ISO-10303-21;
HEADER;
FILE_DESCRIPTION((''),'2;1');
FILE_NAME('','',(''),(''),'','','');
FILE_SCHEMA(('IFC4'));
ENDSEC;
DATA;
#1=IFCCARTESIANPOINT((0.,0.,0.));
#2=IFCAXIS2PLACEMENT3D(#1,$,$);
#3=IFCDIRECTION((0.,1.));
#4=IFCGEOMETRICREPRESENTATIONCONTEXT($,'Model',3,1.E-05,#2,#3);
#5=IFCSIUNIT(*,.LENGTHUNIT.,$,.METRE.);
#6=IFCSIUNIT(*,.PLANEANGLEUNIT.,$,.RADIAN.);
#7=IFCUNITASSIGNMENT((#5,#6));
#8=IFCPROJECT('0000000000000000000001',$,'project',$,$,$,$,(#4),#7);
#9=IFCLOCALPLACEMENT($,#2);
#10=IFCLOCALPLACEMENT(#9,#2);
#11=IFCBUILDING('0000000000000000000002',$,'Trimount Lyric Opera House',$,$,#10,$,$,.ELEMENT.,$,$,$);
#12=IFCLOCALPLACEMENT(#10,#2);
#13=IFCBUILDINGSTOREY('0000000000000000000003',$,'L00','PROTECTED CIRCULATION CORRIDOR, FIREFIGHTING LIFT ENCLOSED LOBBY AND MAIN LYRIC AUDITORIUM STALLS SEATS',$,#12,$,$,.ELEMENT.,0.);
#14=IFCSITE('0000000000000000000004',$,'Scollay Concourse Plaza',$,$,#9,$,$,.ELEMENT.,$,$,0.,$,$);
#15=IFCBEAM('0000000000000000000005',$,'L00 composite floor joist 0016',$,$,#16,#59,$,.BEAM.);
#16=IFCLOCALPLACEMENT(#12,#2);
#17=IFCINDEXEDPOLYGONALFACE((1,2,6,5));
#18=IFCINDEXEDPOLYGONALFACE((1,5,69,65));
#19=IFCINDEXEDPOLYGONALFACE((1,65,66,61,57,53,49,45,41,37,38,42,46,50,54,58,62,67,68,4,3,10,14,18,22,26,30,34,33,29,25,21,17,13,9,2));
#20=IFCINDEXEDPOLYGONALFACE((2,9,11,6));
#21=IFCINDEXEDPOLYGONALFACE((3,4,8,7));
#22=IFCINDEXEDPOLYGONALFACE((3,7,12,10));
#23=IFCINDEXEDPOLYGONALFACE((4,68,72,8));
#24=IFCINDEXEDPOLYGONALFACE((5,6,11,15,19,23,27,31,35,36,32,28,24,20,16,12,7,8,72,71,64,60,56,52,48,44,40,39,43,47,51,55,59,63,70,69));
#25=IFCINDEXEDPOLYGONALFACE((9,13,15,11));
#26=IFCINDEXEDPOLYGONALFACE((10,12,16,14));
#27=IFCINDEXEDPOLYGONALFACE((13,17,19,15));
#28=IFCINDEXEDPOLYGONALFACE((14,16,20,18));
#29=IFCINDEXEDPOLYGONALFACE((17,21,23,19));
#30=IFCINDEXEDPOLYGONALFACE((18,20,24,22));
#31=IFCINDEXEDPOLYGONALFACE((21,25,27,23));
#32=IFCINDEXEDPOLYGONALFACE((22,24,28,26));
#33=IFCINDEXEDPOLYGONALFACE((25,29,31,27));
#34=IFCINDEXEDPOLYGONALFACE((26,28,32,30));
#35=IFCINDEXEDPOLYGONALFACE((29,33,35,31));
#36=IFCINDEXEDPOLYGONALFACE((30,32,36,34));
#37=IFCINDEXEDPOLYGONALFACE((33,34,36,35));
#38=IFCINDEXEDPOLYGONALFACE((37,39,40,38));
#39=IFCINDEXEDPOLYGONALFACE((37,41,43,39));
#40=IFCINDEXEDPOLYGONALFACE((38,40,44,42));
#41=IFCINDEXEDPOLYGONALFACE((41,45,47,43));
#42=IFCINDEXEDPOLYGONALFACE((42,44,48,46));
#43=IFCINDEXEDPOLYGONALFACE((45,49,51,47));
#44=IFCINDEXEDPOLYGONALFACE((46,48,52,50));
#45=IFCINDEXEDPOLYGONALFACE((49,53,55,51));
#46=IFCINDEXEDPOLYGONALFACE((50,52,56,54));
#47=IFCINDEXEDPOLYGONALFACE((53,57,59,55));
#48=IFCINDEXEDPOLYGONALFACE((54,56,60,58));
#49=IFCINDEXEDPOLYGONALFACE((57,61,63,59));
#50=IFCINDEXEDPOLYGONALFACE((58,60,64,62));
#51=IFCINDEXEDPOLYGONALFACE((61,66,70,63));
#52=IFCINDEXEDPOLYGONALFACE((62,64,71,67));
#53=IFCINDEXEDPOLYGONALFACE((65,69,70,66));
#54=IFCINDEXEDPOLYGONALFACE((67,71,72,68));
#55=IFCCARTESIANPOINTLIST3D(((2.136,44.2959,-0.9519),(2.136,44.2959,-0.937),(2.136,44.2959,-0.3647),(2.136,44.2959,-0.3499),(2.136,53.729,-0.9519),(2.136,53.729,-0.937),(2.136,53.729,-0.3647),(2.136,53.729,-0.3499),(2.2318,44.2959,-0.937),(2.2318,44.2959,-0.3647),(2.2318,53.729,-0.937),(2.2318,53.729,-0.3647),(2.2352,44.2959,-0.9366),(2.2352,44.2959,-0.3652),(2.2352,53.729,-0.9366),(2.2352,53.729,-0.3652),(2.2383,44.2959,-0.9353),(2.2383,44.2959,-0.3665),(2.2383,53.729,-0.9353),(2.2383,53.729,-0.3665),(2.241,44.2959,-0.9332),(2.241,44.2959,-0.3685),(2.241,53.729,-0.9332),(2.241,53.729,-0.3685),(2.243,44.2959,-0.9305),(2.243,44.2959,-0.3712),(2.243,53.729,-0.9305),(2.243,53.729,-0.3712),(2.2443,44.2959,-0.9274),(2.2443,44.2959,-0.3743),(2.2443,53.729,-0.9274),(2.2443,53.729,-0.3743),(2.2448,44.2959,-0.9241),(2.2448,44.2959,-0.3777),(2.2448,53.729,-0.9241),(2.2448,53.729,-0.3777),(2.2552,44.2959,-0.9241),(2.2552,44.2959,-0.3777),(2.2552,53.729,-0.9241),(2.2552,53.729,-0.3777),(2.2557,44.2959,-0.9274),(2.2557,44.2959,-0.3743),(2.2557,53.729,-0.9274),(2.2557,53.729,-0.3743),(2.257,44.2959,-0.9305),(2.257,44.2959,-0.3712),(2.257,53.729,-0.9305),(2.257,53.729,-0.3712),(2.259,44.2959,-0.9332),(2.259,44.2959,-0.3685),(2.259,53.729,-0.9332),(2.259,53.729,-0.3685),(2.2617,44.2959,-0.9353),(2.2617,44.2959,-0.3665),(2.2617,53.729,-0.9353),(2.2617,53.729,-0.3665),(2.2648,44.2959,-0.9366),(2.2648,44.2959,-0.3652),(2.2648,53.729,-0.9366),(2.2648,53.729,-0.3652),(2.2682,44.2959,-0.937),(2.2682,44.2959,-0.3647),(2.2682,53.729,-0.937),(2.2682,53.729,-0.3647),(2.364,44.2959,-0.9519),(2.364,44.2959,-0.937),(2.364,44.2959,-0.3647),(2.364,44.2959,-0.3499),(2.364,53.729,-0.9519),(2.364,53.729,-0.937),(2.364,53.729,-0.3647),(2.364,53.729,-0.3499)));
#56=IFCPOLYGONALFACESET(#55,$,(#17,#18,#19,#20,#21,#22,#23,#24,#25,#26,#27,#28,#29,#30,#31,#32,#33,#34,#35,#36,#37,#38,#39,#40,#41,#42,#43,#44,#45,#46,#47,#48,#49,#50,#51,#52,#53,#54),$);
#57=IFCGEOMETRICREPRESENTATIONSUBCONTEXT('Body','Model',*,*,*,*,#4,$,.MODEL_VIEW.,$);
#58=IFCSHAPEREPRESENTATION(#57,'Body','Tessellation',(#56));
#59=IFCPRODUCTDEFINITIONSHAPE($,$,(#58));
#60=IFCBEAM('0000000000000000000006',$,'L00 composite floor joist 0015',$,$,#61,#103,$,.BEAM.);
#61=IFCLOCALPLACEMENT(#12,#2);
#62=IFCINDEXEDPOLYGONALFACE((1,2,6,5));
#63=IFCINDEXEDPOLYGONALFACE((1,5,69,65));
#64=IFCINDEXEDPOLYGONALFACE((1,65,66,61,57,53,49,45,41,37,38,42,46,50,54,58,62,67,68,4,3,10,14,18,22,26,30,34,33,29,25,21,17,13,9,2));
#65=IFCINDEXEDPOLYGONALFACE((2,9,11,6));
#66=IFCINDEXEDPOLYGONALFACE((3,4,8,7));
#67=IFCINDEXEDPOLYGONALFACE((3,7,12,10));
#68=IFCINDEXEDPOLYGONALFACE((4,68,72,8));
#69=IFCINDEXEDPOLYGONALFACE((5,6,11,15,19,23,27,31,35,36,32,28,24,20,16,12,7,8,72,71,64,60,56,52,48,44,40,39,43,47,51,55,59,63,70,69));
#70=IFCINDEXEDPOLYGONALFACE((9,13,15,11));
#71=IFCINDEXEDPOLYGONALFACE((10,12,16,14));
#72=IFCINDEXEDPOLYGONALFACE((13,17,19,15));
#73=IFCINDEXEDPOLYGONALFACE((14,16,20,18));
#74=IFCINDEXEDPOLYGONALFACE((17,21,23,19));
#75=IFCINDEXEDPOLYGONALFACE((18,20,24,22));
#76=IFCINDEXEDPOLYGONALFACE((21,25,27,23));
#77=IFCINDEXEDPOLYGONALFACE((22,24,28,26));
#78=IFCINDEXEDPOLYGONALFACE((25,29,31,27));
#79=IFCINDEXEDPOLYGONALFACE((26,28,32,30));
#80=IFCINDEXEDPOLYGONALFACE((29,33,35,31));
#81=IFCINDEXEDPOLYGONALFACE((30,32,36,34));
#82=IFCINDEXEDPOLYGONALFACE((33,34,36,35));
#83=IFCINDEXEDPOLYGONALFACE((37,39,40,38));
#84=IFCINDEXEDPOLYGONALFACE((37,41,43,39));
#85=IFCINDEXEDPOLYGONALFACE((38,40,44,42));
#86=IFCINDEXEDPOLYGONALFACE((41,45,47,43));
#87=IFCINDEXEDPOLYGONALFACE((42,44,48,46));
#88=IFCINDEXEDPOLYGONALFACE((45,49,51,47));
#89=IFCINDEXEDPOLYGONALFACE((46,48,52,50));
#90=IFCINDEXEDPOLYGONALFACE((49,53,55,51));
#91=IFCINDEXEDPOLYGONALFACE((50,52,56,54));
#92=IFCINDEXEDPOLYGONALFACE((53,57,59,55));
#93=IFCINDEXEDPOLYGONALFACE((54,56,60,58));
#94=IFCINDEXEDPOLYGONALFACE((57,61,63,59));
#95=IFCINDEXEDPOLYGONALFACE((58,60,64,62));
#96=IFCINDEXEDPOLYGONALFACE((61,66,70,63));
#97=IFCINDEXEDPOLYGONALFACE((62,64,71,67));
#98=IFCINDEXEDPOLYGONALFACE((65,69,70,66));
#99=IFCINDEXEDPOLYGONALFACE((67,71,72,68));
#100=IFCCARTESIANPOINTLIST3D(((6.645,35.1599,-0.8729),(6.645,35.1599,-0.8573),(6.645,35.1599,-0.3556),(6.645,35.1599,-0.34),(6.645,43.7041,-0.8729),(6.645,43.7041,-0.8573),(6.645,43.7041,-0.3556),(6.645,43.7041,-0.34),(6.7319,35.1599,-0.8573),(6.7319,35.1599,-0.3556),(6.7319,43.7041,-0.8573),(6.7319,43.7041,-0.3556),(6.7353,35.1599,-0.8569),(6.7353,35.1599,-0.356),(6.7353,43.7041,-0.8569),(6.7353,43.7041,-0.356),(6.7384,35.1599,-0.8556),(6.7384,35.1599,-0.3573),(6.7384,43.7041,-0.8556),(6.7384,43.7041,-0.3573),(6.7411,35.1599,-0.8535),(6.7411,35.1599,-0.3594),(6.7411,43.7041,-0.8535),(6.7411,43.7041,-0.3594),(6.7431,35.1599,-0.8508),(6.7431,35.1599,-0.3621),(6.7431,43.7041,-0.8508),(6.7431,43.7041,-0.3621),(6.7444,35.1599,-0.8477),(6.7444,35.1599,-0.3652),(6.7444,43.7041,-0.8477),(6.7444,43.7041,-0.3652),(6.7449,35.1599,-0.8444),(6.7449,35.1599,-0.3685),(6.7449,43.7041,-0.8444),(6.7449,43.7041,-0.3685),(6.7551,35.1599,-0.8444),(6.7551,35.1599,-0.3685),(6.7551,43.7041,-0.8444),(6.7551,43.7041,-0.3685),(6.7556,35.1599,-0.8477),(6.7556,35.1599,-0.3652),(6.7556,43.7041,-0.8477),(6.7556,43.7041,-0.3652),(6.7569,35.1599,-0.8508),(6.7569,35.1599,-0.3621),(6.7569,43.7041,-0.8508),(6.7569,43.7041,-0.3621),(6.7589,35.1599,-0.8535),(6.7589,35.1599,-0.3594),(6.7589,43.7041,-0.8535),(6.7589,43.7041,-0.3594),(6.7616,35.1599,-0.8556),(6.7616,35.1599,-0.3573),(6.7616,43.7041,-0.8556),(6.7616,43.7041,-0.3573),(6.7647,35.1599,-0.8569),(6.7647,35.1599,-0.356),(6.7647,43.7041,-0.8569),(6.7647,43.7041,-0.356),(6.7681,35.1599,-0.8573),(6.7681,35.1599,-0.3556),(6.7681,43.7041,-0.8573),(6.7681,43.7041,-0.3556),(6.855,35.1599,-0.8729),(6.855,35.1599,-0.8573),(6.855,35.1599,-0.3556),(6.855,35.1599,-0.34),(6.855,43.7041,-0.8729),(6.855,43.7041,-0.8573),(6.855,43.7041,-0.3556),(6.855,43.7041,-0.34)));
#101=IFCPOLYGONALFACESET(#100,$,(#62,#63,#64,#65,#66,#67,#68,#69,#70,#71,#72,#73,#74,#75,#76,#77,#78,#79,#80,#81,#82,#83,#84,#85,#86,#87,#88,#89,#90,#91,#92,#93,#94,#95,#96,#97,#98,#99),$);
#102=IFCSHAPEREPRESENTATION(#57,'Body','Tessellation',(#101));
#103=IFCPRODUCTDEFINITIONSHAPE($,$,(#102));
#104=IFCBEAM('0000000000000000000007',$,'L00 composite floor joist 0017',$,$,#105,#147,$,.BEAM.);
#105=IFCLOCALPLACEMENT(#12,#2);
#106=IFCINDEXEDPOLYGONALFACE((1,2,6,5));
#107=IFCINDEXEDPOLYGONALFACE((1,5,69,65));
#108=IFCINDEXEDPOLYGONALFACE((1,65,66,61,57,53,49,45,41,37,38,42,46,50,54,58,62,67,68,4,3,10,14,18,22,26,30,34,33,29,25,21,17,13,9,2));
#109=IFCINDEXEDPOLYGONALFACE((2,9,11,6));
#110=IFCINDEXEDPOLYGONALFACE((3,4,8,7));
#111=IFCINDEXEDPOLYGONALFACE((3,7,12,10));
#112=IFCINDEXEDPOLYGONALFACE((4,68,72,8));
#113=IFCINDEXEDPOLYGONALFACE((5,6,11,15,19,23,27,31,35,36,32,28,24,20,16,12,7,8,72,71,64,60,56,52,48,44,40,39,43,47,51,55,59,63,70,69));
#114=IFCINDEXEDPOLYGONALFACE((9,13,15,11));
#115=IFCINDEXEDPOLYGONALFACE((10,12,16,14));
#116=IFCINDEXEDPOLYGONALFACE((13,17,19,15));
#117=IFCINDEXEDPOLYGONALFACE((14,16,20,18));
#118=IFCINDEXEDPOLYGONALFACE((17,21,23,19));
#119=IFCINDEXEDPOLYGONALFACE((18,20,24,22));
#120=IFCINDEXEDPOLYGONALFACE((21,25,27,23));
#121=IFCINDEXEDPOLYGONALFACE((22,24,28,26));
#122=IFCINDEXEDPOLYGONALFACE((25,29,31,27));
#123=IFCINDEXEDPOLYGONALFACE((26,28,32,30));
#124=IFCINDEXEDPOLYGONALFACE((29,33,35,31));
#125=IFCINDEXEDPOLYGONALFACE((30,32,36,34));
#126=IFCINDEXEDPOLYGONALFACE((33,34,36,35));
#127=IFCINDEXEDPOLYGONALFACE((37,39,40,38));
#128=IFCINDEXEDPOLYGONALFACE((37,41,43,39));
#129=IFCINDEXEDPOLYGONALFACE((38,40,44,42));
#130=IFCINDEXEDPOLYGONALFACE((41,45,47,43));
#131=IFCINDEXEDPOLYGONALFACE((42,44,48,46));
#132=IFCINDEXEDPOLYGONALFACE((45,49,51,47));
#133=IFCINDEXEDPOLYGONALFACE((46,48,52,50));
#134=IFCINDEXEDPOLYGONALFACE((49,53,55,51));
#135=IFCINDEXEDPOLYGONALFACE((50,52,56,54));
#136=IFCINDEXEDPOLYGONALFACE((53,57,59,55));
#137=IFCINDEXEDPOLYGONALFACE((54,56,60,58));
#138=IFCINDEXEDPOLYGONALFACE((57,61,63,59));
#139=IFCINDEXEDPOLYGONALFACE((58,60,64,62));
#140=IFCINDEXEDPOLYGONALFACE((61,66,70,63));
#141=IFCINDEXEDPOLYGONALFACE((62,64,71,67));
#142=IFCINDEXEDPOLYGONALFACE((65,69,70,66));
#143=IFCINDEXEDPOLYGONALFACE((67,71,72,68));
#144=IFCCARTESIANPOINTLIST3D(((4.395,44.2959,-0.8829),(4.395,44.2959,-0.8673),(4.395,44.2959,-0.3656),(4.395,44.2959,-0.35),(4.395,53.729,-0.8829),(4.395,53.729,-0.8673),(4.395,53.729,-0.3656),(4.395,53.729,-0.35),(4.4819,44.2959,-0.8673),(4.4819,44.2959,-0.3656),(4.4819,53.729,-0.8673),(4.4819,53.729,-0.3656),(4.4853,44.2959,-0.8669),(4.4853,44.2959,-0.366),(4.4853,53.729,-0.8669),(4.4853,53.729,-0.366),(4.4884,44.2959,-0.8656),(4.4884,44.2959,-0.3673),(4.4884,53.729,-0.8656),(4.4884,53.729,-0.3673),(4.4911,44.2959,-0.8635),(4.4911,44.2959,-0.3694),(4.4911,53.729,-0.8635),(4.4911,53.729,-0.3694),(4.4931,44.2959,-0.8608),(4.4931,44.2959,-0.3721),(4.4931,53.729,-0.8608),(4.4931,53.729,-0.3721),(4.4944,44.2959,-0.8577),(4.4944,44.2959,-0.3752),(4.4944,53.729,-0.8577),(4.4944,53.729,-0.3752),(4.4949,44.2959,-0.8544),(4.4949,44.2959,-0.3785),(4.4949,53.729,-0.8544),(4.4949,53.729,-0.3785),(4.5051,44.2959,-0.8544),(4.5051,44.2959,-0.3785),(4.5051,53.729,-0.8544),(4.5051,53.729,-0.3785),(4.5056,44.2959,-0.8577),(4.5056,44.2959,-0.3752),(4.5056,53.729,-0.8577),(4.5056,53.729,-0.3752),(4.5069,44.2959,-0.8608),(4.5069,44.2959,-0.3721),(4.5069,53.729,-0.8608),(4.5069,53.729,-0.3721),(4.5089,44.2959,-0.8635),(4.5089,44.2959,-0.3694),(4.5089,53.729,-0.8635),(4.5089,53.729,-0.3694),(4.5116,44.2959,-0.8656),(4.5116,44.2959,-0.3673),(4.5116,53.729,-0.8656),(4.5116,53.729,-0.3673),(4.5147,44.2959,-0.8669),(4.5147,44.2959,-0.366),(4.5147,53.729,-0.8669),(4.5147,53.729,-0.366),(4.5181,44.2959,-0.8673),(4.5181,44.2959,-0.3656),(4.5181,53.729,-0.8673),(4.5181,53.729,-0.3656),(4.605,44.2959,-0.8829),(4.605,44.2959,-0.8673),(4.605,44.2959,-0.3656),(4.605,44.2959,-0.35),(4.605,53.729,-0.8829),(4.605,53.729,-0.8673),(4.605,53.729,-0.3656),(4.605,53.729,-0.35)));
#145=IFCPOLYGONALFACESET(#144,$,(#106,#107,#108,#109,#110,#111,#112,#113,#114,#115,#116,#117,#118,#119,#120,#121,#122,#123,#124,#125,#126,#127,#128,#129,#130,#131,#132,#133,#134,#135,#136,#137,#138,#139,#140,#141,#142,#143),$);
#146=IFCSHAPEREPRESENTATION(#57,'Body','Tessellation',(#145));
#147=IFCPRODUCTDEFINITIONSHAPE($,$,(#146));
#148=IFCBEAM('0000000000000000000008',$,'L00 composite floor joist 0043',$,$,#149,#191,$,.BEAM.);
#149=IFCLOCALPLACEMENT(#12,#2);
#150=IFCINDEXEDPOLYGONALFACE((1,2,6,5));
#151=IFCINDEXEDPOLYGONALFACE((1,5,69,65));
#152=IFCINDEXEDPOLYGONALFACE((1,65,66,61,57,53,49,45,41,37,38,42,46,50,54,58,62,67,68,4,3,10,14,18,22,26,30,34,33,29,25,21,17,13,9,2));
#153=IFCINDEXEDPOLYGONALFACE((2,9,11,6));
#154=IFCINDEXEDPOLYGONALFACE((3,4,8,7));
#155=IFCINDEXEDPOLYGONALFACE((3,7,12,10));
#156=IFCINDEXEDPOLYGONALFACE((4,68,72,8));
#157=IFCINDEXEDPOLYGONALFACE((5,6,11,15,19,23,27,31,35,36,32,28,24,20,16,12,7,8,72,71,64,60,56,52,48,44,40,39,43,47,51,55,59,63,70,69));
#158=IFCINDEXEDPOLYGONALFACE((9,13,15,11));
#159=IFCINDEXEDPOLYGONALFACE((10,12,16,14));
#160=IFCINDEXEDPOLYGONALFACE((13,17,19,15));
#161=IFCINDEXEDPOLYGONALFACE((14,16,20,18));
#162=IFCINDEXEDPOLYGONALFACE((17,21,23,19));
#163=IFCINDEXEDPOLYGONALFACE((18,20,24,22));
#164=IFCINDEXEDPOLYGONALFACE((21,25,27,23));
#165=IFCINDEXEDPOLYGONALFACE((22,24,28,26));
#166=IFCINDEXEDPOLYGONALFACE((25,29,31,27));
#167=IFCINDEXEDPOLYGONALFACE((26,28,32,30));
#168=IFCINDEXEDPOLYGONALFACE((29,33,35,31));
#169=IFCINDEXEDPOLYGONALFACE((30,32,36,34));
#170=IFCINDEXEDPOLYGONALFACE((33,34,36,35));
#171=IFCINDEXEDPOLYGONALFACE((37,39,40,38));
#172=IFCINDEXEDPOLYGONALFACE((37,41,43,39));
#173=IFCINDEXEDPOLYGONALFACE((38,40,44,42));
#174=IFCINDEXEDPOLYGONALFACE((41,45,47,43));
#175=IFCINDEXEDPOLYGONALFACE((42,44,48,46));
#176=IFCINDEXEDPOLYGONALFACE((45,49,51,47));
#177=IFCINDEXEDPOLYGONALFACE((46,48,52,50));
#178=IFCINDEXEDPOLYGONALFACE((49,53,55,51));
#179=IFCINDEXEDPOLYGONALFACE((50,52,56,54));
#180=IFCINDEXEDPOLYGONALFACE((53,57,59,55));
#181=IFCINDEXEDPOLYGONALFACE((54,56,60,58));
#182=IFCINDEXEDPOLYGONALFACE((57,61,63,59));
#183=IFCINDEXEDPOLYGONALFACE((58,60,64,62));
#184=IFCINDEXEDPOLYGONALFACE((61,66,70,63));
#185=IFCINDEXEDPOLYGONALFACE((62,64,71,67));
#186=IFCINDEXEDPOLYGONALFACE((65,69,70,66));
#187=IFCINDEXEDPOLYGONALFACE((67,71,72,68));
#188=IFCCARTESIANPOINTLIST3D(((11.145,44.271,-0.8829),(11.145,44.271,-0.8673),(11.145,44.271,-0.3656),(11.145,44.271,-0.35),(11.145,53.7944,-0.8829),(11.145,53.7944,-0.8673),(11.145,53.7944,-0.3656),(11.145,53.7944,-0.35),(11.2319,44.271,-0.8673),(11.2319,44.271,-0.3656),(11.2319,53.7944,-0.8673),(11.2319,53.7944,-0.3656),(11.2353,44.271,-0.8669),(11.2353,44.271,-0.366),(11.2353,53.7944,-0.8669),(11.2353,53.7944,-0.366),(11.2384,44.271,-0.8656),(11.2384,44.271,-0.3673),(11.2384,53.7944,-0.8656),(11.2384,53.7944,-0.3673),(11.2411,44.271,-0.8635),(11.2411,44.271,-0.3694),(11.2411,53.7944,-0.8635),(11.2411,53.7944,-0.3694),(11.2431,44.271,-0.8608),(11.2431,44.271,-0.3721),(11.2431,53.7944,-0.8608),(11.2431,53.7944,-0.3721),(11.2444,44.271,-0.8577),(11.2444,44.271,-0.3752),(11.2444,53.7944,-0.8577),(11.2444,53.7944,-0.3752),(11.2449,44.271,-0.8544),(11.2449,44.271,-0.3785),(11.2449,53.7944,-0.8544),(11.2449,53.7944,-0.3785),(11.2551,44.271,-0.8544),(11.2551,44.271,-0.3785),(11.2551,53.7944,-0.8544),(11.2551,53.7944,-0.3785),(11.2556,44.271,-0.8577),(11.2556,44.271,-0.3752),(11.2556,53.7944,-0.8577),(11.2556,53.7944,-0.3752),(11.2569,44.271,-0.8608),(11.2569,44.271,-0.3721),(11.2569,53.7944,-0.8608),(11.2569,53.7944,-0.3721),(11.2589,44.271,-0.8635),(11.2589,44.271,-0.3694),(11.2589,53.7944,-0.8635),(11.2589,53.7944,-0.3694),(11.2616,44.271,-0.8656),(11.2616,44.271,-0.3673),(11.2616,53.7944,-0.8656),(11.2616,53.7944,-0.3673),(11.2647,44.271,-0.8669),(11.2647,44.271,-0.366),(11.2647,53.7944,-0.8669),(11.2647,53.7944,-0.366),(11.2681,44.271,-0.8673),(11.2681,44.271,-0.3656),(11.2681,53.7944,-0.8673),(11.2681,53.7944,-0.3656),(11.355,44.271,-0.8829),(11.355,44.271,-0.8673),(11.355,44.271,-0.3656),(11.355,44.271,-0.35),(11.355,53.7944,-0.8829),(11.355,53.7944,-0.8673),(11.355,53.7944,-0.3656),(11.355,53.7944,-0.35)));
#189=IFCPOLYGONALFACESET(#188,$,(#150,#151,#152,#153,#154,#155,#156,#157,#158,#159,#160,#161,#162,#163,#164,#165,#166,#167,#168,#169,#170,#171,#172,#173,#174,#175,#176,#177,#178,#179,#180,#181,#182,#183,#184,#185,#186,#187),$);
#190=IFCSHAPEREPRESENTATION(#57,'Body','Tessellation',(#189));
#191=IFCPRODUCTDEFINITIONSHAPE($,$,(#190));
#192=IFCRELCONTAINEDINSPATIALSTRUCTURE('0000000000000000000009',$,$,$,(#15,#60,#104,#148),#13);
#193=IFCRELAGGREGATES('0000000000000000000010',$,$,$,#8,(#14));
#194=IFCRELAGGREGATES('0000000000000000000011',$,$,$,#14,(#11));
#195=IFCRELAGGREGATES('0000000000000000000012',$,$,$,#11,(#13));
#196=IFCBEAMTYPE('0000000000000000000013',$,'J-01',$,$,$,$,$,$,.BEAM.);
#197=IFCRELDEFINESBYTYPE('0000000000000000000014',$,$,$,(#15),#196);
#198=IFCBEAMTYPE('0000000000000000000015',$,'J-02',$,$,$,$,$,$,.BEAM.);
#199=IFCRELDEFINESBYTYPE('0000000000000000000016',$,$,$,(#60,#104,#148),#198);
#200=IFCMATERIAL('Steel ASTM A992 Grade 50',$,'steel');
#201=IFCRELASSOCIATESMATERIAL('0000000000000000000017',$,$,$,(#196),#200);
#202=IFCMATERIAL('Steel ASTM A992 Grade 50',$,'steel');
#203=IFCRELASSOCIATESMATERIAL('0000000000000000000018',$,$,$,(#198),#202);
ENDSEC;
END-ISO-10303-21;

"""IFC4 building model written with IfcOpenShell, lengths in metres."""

from ifc_helpers import new_model, si_unit, direction, frame, origin, origin_2d, place, context, subcontext, project, spatial, i_section, extrude, material, material_profile, profile_set, type_object, element, save


model = new_model("IFC4")

# Units and contexts
model_context = context("Model", 3, precision=1e-05, world=origin(), true_north=direction((0.0, 1.0)))
body_context = subcontext(model_context, "Body", "Model", "MODEL_VIEW")
ifc_project = project(units=[si_unit("LENGTHUNIT", "METRE"), si_unit("PLANEANGLEUNIT", "RADIAN")], contexts=[model_context])

# Site, building, storey
site_placement = place(None, origin())
site = spatial("IfcSite", under=ifc_project, at=site_placement, Name="Scollay Concourse Plaza", CompositionType="ELEMENT", RefElevation=0.0)
building_placement = place(site_placement, origin())
building = spatial("IfcBuilding", under=site, at=building_placement, Name="Trimount Lyric Opera House", CompositionType="ELEMENT")
storey_placement = place(building_placement, origin())
storey = spatial("IfcBuildingStorey", under=building, at=storey_placement, Name="L00", Description="PROTECTED CIRCULATION CORRIDOR, FIREFIGHTING LIFT ENCLOSED LOBBY AND MAIN LYRIC AUDITORIUM STALLS SEATS", CompositionType="ELEMENT", Elevation=0.0)

# Beams
ifc_material_1 = material(Name="Steel ASTM A992 Grade 50", Category="steel")
ifc_material_profile_1 = material_profile(ifc_material_1, i_section(OverallWidth=0.228, OverallDepth=0.6021, WebThickness=0.0105, FlangeThickness=0.0149, FilletRadius=0.0129, at=origin_2d()), Name="W24X68")
ifc_profile_set_1 = profile_set([ifc_material_profile_1], Name="Steel ASTM A992 Grade 50")
beam_type_1 = type_object("IfcBeamType", Name="J-01", PredefinedType="BEAM", material=ifc_profile_set_1)
beam_1_placement = place(storey_placement, frame((2.25, 44.2959, -0.6509), z_axis=(0.0, 1.0, 0.0), x_axis=(-1.0, 0.0, 0.0)))
element("IfcBeam", 1, at=beam_1_placement, inside=storey, type_object=beam_type_1, Name="L00 composite floor joist 0016", PredefinedType="BEAM", context=body_context, shape_type="SweptSolid", body=[
    extrude(i_section(OverallWidth=0.228, OverallDepth=0.6021, WebThickness=0.0105, FlangeThickness=0.0149, FilletRadius=0.0129, at=origin_2d()), origin(), (0.0, 0.0, 1.0), 9.4331),
])
ifc_material_2 = material(Name="Steel ASTM A992 Grade 50", Category="steel")
ifc_material_profile_2 = material_profile(ifc_material_2, i_section(OverallWidth=0.21, OverallDepth=0.533, WebThickness=0.0103, FlangeThickness=0.0156, FilletRadius=0.0129, at=origin_2d()), Name="W21X62")
ifc_profile_set_2 = profile_set([ifc_material_profile_2], Name="Steel ASTM A992 Grade 50")
beam_type_2 = type_object("IfcBeamType", Name="J-02", PredefinedType="BEAM", material=ifc_profile_set_2)
beam_2_placement = place(storey_placement, frame((6.75, 35.1599, -0.6064), z_axis=(0.0, 1.0, 0.0), x_axis=(-1.0, 0.0, 0.0)))
element("IfcBeam", 2, at=beam_2_placement, inside=storey, type_object=beam_type_2, Name="L00 composite floor joist 0015", PredefinedType="BEAM", context=body_context, shape_type="SweptSolid", body=[
    extrude(i_section(OverallWidth=0.21, OverallDepth=0.533, WebThickness=0.0103, FlangeThickness=0.0156, FilletRadius=0.0129, at=origin_2d()), origin(), (0.0, 0.0, 1.0), 8.5442),
])
beam_3_placement = place(storey_placement, frame((4.5, 44.2959, -0.6165), z_axis=(0.0, 1.0, 0.0), x_axis=(-1.0, 0.0, 0.0)))
element("IfcBeam", 3, at=beam_3_placement, inside=storey, type_object=beam_type_2, Name="L00 composite floor joist 0017", PredefinedType="BEAM", context=body_context, shape_type="SweptSolid", body=[
    extrude(i_section(OverallWidth=0.21, OverallDepth=0.533, WebThickness=0.0103, FlangeThickness=0.0156, FilletRadius=0.0129, at=origin_2d()), origin(), (0.0, 0.0, 1.0), 9.4331),
])
beam_4_placement = place(storey_placement, frame((11.25, 44.271, -0.6165), z_axis=(0.0, 1.0, 0.0), x_axis=(-1.0, 0.0, 0.0)))
element("IfcBeam", 4, at=beam_4_placement, inside=storey, type_object=beam_type_2, Name="L00 composite floor joist 0043", PredefinedType="BEAM", context=body_context, shape_type="SweptSolid", body=[
    extrude(i_section(OverallWidth=0.21, OverallDepth=0.533, WebThickness=0.0103, FlangeThickness=0.0156, FilletRadius=0.0129, at=origin_2d()), origin(), (0.0, 0.0, 1.0), 9.5234),
])

save(model, "model.ifc")
